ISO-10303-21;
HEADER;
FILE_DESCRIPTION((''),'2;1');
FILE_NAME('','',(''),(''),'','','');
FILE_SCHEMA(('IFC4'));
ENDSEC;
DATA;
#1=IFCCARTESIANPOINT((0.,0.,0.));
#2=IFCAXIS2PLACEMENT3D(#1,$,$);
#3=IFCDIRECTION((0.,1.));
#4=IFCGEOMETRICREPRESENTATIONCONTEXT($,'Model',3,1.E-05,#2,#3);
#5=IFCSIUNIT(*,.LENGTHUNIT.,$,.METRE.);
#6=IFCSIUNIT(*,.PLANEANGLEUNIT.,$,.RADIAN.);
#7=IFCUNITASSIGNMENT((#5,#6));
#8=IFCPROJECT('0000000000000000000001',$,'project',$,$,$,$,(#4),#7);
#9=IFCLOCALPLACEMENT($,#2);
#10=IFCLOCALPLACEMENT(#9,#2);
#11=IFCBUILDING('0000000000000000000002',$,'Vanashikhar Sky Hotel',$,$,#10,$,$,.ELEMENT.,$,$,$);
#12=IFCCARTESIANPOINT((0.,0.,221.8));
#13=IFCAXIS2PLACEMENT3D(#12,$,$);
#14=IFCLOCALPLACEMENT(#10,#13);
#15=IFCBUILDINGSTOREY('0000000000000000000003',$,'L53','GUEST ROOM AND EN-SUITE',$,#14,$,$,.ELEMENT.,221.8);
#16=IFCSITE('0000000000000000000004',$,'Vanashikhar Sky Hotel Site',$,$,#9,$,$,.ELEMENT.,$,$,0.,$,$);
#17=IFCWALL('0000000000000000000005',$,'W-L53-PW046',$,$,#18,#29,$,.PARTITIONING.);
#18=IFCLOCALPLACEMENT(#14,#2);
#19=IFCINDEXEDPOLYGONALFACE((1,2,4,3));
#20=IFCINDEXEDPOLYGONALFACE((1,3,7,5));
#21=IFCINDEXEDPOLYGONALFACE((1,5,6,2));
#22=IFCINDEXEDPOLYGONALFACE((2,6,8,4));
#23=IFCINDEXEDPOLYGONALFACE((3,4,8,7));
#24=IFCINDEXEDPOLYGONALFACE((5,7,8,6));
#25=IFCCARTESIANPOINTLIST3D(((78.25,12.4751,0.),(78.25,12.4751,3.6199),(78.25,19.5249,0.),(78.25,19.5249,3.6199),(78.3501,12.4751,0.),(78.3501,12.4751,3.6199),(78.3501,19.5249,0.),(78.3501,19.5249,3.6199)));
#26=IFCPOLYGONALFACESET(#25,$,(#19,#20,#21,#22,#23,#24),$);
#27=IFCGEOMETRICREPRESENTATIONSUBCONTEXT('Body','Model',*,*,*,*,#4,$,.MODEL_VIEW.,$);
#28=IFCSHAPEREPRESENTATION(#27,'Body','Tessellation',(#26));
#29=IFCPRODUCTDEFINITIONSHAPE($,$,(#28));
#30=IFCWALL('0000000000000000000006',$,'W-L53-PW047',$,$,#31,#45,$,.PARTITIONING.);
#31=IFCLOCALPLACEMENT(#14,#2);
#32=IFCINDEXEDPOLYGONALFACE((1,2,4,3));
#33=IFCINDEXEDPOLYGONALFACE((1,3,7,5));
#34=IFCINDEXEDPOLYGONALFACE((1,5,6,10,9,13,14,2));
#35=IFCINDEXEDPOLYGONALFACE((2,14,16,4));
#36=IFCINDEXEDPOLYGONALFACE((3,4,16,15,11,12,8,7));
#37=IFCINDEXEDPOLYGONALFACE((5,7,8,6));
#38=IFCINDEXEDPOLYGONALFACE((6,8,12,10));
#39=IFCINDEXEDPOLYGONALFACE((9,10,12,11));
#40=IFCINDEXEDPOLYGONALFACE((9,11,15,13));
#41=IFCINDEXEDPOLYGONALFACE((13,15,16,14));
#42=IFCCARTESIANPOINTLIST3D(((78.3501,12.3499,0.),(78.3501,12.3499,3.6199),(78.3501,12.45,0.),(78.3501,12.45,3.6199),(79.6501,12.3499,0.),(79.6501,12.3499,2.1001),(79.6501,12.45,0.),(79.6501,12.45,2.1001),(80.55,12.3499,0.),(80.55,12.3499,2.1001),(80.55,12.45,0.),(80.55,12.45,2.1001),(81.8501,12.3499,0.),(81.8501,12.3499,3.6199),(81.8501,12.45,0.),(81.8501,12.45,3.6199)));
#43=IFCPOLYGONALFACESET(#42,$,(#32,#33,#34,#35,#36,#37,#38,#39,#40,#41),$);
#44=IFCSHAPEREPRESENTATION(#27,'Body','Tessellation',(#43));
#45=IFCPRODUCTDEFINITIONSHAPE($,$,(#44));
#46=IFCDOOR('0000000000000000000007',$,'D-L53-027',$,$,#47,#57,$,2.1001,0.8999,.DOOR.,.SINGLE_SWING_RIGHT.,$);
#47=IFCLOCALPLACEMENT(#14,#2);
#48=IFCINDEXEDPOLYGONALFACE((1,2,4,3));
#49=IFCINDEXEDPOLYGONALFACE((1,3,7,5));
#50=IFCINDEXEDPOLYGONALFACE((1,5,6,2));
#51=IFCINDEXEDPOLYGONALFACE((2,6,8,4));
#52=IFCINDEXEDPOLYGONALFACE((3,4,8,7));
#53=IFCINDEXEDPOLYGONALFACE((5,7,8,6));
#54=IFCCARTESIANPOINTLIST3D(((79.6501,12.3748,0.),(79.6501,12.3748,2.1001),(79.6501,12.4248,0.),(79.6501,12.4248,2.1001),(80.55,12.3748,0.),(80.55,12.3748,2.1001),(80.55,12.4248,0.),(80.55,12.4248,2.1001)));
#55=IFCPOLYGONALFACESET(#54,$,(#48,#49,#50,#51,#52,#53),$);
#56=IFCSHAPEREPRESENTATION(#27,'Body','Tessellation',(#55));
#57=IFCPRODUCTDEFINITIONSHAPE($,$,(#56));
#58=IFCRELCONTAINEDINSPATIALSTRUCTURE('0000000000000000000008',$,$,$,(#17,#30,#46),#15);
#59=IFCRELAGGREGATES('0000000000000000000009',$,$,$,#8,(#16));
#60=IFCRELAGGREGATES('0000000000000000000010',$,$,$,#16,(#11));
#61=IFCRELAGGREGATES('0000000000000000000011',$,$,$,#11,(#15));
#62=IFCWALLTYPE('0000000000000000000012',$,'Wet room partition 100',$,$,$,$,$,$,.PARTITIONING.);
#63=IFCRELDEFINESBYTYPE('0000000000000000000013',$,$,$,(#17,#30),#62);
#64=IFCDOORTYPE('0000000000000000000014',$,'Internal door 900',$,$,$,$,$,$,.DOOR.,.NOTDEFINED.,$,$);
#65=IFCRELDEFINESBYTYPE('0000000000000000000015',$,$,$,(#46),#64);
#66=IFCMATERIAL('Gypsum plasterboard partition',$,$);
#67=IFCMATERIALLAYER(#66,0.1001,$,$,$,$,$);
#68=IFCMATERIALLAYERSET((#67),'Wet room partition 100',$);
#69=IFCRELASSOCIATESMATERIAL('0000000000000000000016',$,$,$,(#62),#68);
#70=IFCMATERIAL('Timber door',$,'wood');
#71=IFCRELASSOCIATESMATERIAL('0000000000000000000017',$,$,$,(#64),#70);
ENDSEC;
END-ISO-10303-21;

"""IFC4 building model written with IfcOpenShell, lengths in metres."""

from ifc_helpers import new_model, si_unit, direction, frame, frame_2d, origin, place, context, subcontext, project, spatial, rectangle, extrude, source, transform, mapped, material, layer, layer_set, type_object, element, fill, save


model = new_model("IFC4")

# Units and contexts
model_context = context("Model", 3, precision=1e-05, world=origin(), true_north=direction((0.0, 1.0)))
body_context = subcontext(model_context, "Body", "Model", "MODEL_VIEW")
ifc_project = project(units=[si_unit("LENGTHUNIT", "METRE"), si_unit("PLANEANGLEUNIT", "RADIAN")], contexts=[model_context])

# Site, building, storey
site_placement = place(None, origin())
site = spatial("IfcSite", under=ifc_project, at=site_placement, Name="Vanashikhar Sky Hotel Site", CompositionType="ELEMENT", RefElevation=0.0)
building_placement = place(site_placement, origin())
building = spatial("IfcBuilding", under=site, at=building_placement, Name="Vanashikhar Sky Hotel", CompositionType="ELEMENT")
storey_placement = place(building_placement, frame((0.0, 0.0, 221.8)))
storey = spatial("IfcBuildingStorey", under=building, at=storey_placement, Name="L53", Description="GUEST ROOM AND EN-SUITE", CompositionType="ELEMENT", Elevation=221.8)

# Shared definitions
ifc_material_1 = material(Name="Gypsum plasterboard partition")

# Wall
ifc_layer_1 = layer(ifc_material_1, 0.1001)
ifc_layer_set_1 = layer_set([ifc_layer_1], Name="Wet room partition 100")
wall_type_1 = type_object("IfcWallType", Name="Wet room partition 100", PredefinedType="PARTITIONING", material=ifc_layer_set_1)
shared_shape_1 = source(origin(), body_context, "Body", "SweptSolid", [
    extrude(rectangle(XDim=7.0498, YDim=0.1001, at=frame_2d((3.5249, 0.0))), origin(), (0.0, 0.0, 1.0), 3.6199),
])
for number, where, z_axis, x_axis, name in (
    (1, (78.3, 12.4751, 0.0), (0.0, 0.0, 1.0), (0.0, 1.0, 0.0), "W-L53-PW046"),
):
    element("IfcWall", number, at=place(storey_placement, frame(where, z_axis=z_axis, x_axis=x_axis)), inside=storey, type_object=wall_type_1, Name=name, PredefinedType="PARTITIONING", context=body_context, shape_type="MappedRepresentation", body=[
        mapped(shared_shape_1, transform((0.0, 0.0, 0.0), scale=1.0)),
    ])

# Wall, opening, door
shared_shape_2 = source(origin(), body_context, "Body", "SweptSolid", [
    extrude(rectangle(XDim=3.5, YDim=0.1001, at=frame_2d((1.75, 0.0))), origin(), (0.0, 0.0, 1.0), 3.6199),
])
wall_1_placement = place(storey_placement, frame((78.3501, 12.3999, 0.0), z_axis=(0.0, 0.0, 1.0), x_axis=(1.0, 0.0, 0.0)))
wall_1 = element("IfcWall", 2, at=wall_1_placement, inside=storey, type_object=wall_type_1, Name="W-L53-PW047", PredefinedType="PARTITIONING", context=body_context, shape_type="MappedRepresentation", body=[
    mapped(shared_shape_2, transform((0.0, 0.0, 0.0), scale=1.0)),
])
shared_shape_3 = source(origin(), body_context, "Body", "SweptSolid", [
    extrude(rectangle(XDim=0.8999, YDim=2.1001, at=frame_2d((0.45, 1.05))), frame((0.0, 0.0601, 0.0), z_axis=(0.0, -1.0, 0.0), x_axis=(1.0, 0.0, 0.0)), (0.0, 0.0, 1.0), 0.1201),
])
opening_1_placement = place(wall_1_placement, frame((1.3, 0.0, 0.0)))
opening_1 = element("IfcOpeningElement", 3, at=opening_1_placement, cuts=wall_1, PredefinedType="OPENING", context=body_context, shape_type="MappedRepresentation", body=[
    mapped(shared_shape_3, transform((0.0, 0.0, 0.0), scale=1.0)),
])
ifc_material_2 = material(Name="Timber door", Category="wood")
door_type_1 = type_object("IfcDoorType", Name="Internal door 900", OperationType="NOTDEFINED", PredefinedType="DOOR", material=ifc_material_2)
shared_shape_4 = source(origin(), body_context, "Body", "SweptSolid", [
    extrude(rectangle(XDim=0.8999, YDim=2.1001, at=frame_2d((0.45, 1.05))), frame((0.0, 0.0249, 0.0), z_axis=(0.0, -1.0, 0.0), x_axis=(1.0, 0.0, 0.0)), (0.0, 0.0, 1.0), 0.05),
])
door_1_placement = place(opening_1_placement, origin())
door_1 = element("IfcDoor", 4, at=door_1_placement, inside=storey, type_object=door_type_1, Name="D-L53-027", OperationType="SINGLE_SWING_RIGHT", OverallHeight=2.1001, OverallWidth=0.8999, PredefinedType="DOOR", context=body_context, shape_type="MappedRepresentation", body=[
    mapped(shared_shape_4, transform((0.0, 0.0, 0.0), scale=1.0)),
])
fill(opening_1, door_1)

save(model, "model.ifc")
